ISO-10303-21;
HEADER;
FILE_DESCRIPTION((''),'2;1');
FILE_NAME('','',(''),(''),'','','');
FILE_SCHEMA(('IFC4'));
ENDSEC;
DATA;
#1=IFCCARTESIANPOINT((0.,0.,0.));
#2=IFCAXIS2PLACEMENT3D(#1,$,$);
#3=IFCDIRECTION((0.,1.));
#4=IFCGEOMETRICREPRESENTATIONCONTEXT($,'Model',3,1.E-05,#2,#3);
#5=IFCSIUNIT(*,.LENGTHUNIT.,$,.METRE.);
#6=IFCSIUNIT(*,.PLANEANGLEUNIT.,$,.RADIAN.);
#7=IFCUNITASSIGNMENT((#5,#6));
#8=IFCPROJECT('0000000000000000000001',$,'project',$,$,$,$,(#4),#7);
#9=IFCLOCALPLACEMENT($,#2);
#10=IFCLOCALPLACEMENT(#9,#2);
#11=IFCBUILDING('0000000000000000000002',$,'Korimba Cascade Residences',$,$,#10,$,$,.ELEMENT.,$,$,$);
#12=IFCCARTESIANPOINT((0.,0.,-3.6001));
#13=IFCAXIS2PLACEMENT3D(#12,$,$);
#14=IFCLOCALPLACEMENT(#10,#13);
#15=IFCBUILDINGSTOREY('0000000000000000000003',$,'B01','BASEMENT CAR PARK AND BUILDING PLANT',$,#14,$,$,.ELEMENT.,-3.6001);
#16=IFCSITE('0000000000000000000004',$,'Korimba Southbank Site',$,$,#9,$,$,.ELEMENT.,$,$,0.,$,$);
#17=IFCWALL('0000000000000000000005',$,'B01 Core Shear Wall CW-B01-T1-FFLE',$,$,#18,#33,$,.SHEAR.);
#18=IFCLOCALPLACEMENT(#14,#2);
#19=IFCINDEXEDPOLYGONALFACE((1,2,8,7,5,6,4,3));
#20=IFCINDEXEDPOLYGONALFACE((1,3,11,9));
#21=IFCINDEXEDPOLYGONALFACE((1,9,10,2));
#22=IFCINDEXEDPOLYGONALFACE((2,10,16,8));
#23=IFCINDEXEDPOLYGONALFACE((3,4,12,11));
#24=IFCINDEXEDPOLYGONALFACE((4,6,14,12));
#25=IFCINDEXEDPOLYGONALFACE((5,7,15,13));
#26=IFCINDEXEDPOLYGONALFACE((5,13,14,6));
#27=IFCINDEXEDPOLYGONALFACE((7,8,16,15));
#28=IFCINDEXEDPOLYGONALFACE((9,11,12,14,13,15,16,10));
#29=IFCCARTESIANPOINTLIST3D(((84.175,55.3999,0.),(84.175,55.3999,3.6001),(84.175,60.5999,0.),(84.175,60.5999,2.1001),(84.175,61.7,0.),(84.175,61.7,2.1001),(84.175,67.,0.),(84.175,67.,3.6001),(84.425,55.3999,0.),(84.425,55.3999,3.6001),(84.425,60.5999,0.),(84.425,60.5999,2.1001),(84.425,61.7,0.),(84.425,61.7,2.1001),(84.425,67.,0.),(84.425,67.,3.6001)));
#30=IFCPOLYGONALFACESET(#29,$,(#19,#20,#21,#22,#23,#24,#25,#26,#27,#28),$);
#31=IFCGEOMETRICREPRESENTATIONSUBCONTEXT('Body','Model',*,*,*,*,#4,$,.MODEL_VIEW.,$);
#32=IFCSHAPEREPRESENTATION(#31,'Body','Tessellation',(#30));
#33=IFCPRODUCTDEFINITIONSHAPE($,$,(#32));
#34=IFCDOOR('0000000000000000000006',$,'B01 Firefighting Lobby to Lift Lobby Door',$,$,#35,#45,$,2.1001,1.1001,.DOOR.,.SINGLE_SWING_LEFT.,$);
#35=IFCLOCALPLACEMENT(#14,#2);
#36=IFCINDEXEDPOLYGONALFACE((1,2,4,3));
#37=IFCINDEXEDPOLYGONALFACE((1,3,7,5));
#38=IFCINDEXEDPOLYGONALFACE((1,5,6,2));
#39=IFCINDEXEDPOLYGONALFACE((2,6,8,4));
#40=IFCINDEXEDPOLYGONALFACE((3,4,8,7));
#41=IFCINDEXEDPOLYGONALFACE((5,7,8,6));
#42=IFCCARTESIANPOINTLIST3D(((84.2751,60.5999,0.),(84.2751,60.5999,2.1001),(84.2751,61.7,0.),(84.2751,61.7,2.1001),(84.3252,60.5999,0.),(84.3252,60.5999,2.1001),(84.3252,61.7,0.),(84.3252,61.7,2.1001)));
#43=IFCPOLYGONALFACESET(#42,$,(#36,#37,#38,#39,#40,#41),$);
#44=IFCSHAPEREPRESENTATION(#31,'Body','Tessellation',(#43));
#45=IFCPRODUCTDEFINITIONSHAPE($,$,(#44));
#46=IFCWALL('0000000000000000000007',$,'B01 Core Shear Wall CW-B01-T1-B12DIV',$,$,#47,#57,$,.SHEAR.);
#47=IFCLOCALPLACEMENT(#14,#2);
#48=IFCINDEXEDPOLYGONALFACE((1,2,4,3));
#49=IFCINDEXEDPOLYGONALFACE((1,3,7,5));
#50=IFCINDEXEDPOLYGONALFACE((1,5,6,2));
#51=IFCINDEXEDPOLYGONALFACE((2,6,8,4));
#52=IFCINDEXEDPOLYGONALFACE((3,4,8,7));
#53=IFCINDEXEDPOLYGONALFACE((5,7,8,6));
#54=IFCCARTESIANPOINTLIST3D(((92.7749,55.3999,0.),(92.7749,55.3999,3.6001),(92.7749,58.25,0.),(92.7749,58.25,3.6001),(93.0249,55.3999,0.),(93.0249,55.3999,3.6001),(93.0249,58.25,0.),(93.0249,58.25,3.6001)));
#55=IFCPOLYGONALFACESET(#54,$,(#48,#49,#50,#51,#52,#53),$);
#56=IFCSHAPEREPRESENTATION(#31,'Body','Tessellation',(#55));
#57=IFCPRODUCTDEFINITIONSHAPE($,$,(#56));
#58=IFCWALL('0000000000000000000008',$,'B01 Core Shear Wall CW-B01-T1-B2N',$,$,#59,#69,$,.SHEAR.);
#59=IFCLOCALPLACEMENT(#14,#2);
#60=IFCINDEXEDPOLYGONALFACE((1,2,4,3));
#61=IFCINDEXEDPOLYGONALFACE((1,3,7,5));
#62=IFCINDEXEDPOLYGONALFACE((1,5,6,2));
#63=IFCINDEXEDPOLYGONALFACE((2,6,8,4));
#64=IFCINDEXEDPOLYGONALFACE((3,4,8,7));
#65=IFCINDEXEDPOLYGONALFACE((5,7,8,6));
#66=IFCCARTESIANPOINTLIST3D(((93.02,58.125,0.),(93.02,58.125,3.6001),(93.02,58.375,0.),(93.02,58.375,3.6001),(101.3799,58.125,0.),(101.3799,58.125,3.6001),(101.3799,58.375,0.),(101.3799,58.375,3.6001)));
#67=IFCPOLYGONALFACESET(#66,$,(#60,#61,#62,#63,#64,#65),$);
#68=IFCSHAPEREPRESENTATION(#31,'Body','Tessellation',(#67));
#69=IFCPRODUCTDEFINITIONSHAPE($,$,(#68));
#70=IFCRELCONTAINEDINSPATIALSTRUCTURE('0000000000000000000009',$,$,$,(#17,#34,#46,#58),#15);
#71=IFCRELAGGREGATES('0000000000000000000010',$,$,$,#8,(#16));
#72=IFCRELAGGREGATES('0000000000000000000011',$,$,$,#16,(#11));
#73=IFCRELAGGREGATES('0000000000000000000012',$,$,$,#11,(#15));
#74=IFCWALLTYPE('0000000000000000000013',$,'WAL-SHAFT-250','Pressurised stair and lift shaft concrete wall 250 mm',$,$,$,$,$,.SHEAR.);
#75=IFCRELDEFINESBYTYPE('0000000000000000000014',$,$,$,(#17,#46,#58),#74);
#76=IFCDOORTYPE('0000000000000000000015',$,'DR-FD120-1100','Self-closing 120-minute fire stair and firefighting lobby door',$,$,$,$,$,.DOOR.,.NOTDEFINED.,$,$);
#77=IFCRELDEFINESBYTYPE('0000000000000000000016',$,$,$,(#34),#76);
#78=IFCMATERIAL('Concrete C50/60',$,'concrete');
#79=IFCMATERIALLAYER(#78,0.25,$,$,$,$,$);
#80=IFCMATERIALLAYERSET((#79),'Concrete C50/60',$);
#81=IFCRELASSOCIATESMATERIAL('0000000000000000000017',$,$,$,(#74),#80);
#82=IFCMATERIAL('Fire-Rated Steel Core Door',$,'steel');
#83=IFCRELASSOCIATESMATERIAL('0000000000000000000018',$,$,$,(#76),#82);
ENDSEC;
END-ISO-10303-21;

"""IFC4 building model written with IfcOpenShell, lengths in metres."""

from ifc_helpers import new_model, si_unit, direction, frame, frame_2d, origin, place, context, subcontext, project, spatial, rectangle, extrude, material, layer, layer_set, type_object, element, fill, save


model = new_model("IFC4")

# Units and contexts
model_context = context("Model", 3, precision=1e-05, world=origin(), true_north=direction((0.0, 1.0)))
body_context = subcontext(model_context, "Body", "Model", "MODEL_VIEW")
ifc_project = project(units=[si_unit("LENGTHUNIT", "METRE"), si_unit("PLANEANGLEUNIT", "RADIAN")], contexts=[model_context])

# Site, building, storey
site_placement = place(None, origin())
site = spatial("IfcSite", under=ifc_project, at=site_placement, Name="Korimba Southbank Site", CompositionType="ELEMENT", RefElevation=0.0)
building_placement = place(site_placement, origin())
building = spatial("IfcBuilding", under=site, at=building_placement, Name="Korimba Cascade Residences", CompositionType="ELEMENT")
storey_placement = place(building_placement, frame((0.0, 0.0, -3.6001)))
storey = spatial("IfcBuildingStorey", under=building, at=storey_placement, Name="B01", Description="BASEMENT CAR PARK AND BUILDING PLANT", CompositionType="ELEMENT", Elevation=-3.6001)

# Shared definitions
ifc_material_1 = material(Name="Concrete C50/60", Category="concrete")

# Shared definitions
ifc_layer_1 = layer(ifc_material_1, 0.25)
ifc_layer_set_1 = layer_set([ifc_layer_1], Name="Concrete C50/60")
wall_type_1 = type_object("IfcWallType", Name="WAL-SHAFT-250", Description="Pressurised stair and lift shaft concrete wall 250 mm", PredefinedType="SHEAR", material=ifc_layer_set_1)
ifc_material_2 = material(Name="Fire-Rated Steel Core Door", Category="steel")
door_type_1 = type_object("IfcDoorType", Name="DR-FD120-1100", Description="Self-closing 120-minute fire stair and firefighting lobby door", OperationType="NOTDEFINED", PredefinedType="DOOR", material=ifc_material_2)

# Wall, opening, door
wall_1_placement = place(storey_placement, frame((84.3, 55.3999, 0.0), z_axis=(0.0, 0.0, 1.0), x_axis=(0.0, 1.0, 0.0)))
wall_1 = element("IfcWall", 1, at=wall_1_placement, inside=storey, type_object=wall_type_1, Name="B01 Core Shear Wall CW-B01-T1-FFLE", PredefinedType="SHEAR", context=body_context, shape_type="SweptSolid", body=[
    extrude(rectangle(XDim=11.6001, YDim=0.25, at=frame_2d((5.8, 0.0))), origin(), (0.0, 0.0, 1.0), 3.6001),
])
opening_1_placement = place(wall_1_placement, frame((5.2, 0.0, 0.0)))
opening_1 = element("IfcOpeningElement", 2, at=opening_1_placement, cuts=wall_1, PredefinedType="OPENING", context=body_context, shape_type="SweptSolid", body=[
    extrude(rectangle(XDim=1.1001, YDim=2.1001, at=frame_2d((0.55, 1.05))), frame((0.0, 0.135, 0.0), z_axis=(0.0, -1.0, 0.0), x_axis=(1.0, 0.0, 0.0)), (0.0, 0.0, 1.0), 0.27),
])
door_1_placement = place(opening_1_placement, origin())
door_1 = element("IfcDoor", 3, at=door_1_placement, inside=storey, type_object=door_type_1, Name="B01 Firefighting Lobby to Lift Lobby Door", OperationType="SINGLE_SWING_LEFT", OverallHeight=2.1001, OverallWidth=1.1001, PredefinedType="DOOR", context=body_context, shape_type="SweptSolid", body=[
    extrude(rectangle(XDim=1.1001, YDim=2.1001, at=frame_2d((0.55, 1.05))), frame((0.0, 0.0249, 0.0), z_axis=(0.0, -1.0, 0.0), x_axis=(1.0, 0.0, 0.0)), (0.0, 0.0, 1.0), 0.05),
])
fill(opening_1, door_1)

# Walls
wall_2_placement = place(storey_placement, frame((92.8999, 55.3999, 0.0), z_axis=(0.0, 0.0, 1.0), x_axis=(0.0, 1.0, 0.0)))
element("IfcWall", 4, at=wall_2_placement, inside=storey, type_object=wall_type_1, Name="B01 Core Shear Wall CW-B01-T1-B12DIV", PredefinedType="SHEAR", context=body_context, shape_type="SweptSolid", body=[
    extrude(rectangle(XDim=2.8501, YDim=0.25, at=frame_2d((1.425, 0.0))), origin(), (0.0, 0.0, 1.0), 3.6001),
])
wall_3_placement = place(storey_placement, frame((93.02, 58.25, 0.0), z_axis=(0.0, 0.0, 1.0), x_axis=(1.0, 0.0, 0.0)))
element("IfcWall", 5, at=wall_3_placement, inside=storey, type_object=wall_type_1, Name="B01 Core Shear Wall CW-B01-T1-B2N", PredefinedType="SHEAR", context=body_context, shape_type="SweptSolid", body=[
    extrude(rectangle(XDim=8.3599, YDim=0.25, at=frame_2d((4.1799, 0.0))), origin(), (0.0, 0.0, 1.0), 3.6001),
])

save(model, "model.ifc")
